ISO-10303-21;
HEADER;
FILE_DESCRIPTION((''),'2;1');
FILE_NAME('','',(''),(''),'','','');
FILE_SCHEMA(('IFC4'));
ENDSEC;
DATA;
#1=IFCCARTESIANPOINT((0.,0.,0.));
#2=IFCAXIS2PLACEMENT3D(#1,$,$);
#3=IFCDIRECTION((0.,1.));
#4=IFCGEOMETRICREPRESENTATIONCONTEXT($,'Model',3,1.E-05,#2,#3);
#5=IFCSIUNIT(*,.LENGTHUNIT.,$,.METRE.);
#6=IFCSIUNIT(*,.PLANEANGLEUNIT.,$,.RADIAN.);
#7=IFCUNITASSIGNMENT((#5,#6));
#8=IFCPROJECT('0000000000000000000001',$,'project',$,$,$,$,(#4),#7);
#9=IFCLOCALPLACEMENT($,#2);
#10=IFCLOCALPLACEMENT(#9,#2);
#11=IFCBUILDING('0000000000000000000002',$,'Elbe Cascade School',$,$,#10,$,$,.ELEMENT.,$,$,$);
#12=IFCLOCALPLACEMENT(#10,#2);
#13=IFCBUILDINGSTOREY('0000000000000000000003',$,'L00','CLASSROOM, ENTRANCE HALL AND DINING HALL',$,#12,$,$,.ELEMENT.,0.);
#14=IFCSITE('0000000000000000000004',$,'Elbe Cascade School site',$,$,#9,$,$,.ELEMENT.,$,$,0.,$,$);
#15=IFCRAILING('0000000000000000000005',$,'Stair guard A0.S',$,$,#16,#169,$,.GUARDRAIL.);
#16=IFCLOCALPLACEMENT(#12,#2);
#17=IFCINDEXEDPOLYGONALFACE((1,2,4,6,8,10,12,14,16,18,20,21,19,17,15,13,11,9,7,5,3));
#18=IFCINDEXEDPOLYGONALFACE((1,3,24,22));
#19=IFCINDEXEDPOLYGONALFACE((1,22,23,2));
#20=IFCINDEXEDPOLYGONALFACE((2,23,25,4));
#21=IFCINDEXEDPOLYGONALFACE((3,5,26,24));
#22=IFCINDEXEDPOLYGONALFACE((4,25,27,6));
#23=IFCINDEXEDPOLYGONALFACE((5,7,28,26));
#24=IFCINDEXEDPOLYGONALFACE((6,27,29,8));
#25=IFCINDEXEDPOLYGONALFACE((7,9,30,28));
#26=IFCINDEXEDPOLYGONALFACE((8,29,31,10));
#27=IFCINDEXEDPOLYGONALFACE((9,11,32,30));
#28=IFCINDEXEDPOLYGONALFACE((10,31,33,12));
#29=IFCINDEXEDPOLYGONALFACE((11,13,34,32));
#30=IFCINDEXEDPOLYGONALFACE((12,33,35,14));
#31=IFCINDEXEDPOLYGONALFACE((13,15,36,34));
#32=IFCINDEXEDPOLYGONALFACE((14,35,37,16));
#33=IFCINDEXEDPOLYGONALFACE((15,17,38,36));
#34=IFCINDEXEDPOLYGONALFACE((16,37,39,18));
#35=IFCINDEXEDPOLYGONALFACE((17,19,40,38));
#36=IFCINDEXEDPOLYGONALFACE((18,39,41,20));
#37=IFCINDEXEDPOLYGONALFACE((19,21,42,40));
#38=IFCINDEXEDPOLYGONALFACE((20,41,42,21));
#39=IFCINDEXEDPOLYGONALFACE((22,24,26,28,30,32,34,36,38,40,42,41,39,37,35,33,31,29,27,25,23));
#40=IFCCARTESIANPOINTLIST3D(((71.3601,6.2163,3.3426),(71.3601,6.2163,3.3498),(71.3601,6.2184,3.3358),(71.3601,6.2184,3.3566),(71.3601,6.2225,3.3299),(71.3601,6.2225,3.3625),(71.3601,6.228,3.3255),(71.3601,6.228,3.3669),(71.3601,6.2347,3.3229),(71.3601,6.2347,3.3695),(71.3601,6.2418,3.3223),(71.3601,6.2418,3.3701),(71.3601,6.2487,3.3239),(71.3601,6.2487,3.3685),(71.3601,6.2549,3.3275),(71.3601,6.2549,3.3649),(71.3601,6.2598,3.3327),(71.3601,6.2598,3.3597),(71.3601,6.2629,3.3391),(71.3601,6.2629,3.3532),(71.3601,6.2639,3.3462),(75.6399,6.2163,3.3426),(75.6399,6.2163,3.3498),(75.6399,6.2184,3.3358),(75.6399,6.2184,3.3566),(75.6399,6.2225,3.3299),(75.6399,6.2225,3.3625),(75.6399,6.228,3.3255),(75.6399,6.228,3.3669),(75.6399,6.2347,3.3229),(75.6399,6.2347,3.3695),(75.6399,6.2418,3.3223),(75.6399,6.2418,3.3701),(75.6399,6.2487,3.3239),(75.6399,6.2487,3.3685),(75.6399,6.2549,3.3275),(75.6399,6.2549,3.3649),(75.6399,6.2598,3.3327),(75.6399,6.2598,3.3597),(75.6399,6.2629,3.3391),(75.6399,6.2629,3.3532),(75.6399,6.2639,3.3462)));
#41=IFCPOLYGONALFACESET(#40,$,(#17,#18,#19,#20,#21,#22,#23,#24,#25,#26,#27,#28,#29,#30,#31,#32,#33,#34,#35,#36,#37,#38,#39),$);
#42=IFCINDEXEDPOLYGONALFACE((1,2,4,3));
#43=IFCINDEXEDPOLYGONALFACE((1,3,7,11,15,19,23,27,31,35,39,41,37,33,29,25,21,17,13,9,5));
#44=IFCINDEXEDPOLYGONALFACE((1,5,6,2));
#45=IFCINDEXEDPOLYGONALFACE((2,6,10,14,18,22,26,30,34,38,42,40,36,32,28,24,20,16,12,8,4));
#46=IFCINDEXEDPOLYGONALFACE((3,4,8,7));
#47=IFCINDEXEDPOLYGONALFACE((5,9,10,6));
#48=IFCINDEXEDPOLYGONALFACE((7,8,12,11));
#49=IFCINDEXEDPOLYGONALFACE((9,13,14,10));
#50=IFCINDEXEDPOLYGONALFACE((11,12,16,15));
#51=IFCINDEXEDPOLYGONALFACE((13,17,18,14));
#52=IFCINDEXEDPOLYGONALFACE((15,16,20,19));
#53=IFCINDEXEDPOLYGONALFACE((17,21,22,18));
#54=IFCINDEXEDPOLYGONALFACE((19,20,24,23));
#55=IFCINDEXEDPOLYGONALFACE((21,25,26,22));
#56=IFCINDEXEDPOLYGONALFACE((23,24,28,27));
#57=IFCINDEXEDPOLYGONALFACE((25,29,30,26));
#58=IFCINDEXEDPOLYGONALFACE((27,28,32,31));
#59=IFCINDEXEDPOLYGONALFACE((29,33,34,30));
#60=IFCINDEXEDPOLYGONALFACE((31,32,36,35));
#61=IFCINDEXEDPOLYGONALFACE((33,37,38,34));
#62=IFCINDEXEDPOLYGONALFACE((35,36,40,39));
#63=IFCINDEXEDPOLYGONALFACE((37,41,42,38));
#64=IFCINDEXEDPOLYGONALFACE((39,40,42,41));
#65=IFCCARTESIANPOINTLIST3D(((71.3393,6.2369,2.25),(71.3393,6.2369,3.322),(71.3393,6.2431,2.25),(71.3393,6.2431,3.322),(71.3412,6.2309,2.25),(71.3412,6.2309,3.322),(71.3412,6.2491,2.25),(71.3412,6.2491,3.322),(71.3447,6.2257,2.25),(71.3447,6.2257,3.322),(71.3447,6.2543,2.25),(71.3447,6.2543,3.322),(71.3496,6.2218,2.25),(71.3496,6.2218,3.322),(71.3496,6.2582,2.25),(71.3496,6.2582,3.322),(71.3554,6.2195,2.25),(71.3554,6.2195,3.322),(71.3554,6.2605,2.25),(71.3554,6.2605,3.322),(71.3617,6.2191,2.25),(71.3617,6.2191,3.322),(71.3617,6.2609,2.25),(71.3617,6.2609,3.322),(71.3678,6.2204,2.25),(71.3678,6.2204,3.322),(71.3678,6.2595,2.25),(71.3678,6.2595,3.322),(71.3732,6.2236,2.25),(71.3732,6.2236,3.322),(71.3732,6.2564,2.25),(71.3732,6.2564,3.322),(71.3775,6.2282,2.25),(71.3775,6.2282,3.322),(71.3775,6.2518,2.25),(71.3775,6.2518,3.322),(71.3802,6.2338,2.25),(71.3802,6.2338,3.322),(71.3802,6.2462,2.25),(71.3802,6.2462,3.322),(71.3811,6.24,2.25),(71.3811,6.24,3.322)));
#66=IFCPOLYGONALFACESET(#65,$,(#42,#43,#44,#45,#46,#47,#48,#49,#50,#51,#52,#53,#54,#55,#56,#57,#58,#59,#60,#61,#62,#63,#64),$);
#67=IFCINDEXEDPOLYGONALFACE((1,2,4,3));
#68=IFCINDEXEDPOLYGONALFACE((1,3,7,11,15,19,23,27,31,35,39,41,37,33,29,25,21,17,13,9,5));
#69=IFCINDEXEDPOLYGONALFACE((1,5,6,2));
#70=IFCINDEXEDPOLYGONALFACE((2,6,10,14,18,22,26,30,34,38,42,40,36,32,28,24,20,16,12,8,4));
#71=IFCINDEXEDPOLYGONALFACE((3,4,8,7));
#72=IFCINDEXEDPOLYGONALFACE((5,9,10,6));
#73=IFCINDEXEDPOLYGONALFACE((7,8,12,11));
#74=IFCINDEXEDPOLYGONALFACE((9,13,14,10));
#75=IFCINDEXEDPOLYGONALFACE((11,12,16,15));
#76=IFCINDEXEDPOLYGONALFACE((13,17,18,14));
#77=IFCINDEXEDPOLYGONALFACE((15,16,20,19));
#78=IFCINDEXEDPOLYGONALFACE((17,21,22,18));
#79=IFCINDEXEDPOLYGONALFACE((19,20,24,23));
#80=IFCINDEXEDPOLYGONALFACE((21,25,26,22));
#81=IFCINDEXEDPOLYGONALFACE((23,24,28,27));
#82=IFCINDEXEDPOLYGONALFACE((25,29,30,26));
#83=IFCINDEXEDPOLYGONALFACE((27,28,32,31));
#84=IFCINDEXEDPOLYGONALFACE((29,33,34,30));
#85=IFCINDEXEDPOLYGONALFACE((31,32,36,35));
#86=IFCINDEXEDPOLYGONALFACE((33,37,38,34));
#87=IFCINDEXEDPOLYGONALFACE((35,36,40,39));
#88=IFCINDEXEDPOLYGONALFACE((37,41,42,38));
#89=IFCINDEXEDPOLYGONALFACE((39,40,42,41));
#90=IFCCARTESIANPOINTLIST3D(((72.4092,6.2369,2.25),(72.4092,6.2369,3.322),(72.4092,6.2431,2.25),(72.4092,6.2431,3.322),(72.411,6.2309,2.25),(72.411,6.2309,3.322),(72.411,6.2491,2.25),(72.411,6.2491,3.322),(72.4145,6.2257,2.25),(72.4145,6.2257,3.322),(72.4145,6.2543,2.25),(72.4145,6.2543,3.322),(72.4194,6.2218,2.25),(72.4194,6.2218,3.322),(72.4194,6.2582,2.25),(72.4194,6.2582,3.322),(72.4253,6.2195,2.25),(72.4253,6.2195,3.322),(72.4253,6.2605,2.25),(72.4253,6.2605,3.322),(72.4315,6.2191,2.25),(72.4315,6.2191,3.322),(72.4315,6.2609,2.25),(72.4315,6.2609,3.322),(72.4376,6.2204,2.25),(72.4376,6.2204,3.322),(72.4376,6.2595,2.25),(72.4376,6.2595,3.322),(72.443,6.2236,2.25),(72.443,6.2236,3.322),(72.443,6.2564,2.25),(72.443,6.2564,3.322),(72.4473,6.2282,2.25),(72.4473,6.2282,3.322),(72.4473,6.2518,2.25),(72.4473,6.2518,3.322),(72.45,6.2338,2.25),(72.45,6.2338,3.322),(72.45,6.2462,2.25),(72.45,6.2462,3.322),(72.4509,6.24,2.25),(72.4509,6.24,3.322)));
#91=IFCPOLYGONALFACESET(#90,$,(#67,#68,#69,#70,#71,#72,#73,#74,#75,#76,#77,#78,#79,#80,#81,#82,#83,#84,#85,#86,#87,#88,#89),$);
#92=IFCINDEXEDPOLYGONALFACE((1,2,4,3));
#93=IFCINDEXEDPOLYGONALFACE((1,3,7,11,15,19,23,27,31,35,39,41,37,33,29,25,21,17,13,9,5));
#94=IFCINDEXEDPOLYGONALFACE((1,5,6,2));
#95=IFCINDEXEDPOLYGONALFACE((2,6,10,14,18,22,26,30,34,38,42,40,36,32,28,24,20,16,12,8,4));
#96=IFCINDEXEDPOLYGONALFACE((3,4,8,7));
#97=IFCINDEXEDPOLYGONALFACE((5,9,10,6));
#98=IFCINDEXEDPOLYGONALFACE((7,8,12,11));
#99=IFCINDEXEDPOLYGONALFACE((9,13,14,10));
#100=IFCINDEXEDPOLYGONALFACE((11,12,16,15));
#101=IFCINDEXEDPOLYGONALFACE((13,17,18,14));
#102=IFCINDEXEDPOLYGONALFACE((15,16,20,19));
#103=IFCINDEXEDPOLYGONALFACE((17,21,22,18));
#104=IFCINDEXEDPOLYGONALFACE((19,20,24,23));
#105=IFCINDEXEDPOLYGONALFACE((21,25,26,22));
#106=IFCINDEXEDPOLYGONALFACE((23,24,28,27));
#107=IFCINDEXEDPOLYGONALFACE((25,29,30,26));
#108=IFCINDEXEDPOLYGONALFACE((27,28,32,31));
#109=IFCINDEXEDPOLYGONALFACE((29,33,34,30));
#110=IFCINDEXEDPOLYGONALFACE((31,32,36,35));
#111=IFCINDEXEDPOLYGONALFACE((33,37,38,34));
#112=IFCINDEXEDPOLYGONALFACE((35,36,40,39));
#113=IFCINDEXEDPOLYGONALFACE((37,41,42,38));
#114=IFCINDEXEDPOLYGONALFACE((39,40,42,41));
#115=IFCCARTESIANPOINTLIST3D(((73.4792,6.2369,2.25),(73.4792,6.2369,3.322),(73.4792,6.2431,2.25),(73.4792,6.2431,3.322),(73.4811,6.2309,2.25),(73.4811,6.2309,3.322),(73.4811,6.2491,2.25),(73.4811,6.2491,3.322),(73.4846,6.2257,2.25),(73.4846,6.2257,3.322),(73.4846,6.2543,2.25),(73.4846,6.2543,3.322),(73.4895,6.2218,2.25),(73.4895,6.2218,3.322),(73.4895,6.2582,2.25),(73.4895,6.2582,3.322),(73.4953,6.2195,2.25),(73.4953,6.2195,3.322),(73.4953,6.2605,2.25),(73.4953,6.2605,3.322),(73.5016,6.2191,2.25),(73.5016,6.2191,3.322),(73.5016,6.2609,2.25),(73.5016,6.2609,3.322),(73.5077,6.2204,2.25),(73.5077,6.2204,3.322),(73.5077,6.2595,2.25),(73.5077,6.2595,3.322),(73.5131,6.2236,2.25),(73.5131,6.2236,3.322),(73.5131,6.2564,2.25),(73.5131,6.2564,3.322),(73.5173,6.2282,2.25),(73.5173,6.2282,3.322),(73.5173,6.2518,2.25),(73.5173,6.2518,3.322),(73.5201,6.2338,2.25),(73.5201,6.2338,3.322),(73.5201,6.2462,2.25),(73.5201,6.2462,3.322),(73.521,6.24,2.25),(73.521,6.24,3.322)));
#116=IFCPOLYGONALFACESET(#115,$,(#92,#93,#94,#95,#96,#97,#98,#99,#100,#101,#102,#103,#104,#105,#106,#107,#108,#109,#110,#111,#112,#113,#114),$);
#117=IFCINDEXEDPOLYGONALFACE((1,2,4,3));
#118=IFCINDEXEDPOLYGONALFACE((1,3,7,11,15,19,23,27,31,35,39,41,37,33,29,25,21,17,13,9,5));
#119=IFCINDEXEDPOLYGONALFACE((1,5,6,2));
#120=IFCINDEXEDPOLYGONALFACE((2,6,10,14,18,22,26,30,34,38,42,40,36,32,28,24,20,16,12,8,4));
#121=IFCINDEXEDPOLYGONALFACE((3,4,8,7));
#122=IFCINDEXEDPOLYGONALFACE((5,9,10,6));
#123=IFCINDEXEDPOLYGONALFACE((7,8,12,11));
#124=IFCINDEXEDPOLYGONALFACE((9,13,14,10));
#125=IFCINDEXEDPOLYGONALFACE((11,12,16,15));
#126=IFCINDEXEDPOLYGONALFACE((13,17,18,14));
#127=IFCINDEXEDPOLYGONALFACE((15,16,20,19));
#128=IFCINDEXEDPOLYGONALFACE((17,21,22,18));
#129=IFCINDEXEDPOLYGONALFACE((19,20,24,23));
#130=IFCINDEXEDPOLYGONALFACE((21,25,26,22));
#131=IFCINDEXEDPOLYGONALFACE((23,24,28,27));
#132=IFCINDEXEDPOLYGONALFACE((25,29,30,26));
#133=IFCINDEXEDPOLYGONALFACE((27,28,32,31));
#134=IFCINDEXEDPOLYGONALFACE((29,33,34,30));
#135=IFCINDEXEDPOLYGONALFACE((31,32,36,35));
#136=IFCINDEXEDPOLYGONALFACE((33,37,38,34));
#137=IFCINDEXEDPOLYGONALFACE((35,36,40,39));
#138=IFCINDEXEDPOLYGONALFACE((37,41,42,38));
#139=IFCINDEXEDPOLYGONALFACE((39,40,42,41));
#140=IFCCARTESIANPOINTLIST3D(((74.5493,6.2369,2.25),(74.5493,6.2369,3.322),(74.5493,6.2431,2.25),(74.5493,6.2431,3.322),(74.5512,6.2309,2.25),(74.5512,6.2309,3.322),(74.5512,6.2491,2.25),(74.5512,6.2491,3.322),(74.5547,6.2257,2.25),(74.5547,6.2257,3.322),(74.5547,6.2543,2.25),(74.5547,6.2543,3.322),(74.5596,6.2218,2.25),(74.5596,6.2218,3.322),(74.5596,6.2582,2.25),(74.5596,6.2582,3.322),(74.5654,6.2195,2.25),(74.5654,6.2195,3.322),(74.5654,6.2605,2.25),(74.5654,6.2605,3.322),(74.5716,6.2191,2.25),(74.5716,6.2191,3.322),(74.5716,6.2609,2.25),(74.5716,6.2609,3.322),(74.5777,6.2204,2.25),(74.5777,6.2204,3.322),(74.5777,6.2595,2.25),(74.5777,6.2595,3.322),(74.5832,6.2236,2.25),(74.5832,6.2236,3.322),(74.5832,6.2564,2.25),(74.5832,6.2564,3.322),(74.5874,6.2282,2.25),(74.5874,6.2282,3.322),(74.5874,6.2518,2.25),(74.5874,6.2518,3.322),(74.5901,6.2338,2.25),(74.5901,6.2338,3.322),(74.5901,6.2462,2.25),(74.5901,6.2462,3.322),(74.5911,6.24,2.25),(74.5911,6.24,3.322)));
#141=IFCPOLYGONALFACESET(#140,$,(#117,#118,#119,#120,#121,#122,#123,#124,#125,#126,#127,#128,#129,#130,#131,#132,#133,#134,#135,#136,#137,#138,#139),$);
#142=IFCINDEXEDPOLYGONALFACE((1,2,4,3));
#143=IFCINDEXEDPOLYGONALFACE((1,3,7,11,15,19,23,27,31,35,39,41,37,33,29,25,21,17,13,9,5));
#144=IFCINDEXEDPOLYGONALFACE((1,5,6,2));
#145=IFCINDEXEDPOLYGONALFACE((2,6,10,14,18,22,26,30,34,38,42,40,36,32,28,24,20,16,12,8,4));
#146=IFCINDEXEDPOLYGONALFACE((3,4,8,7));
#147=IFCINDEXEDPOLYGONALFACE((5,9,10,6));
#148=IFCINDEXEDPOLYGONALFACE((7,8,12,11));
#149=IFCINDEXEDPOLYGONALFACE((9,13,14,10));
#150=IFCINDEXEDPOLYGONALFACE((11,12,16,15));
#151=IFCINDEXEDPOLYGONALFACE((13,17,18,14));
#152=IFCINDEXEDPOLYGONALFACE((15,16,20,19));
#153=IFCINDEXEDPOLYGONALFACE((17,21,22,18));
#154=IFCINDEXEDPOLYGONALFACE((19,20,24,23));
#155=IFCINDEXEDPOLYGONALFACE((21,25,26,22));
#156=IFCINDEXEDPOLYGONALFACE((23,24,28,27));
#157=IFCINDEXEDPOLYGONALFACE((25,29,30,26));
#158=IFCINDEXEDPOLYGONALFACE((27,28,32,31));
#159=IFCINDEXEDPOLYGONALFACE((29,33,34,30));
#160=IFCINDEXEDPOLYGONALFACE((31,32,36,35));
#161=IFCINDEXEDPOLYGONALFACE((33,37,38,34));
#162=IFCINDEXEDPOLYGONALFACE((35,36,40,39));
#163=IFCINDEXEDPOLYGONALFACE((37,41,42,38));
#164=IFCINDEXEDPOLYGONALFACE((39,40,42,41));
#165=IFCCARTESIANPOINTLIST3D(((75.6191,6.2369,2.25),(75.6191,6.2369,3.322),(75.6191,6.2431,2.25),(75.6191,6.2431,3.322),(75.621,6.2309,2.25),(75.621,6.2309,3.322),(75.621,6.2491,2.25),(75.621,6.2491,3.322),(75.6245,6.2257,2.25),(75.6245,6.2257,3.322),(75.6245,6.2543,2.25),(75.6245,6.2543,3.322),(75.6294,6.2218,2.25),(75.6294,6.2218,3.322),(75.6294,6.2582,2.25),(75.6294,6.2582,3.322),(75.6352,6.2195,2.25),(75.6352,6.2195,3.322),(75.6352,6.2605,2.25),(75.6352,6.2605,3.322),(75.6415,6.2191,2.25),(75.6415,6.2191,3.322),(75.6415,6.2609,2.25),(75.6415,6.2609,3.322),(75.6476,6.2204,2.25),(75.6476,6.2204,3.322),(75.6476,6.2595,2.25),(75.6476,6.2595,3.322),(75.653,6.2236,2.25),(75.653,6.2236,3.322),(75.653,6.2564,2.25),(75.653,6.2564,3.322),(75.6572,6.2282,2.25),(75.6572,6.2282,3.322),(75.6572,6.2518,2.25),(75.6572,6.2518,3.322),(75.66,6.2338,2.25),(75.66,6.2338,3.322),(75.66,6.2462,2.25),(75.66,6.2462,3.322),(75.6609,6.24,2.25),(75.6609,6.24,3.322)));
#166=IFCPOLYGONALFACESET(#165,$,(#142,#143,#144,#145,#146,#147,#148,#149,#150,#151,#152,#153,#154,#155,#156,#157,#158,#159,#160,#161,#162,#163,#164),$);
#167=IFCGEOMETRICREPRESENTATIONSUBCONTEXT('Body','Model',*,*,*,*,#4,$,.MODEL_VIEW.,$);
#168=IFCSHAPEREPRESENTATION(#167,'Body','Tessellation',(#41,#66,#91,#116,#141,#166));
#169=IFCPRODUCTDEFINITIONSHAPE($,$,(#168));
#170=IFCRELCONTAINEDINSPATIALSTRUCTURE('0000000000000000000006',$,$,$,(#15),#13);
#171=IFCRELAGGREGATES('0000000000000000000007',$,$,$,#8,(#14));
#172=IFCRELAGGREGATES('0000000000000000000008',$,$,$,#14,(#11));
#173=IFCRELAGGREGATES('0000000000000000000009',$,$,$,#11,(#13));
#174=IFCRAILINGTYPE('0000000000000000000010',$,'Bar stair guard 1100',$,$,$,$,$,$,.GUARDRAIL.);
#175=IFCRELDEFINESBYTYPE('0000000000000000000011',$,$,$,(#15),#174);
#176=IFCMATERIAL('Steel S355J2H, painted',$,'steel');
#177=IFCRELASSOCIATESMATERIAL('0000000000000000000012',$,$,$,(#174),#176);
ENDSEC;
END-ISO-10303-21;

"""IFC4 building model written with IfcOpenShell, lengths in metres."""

from ifc_helpers import new_model, si_unit, direction, frame, origin, origin_2d, place, context, subcontext, project, spatial, circle, extrude, material, type_object, element, save


model = new_model("IFC4")

# Units and contexts
model_context = context("Model", 3, precision=1e-05, world=origin(), true_north=direction((0.0, 1.0)))
body_context = subcontext(model_context, "Body", "Model", "MODEL_VIEW")
ifc_project = project(units=[si_unit("LENGTHUNIT", "METRE"), si_unit("PLANEANGLEUNIT", "RADIAN")], contexts=[model_context])

# Site, building, storey
site_placement = place(None, origin())
site = spatial("IfcSite", under=ifc_project, at=site_placement, Name="Elbe Cascade School site", CompositionType="ELEMENT", RefElevation=0.0)
building_placement = place(site_placement, origin())
building = spatial("IfcBuilding", under=site, at=building_placement, Name="Elbe Cascade School", CompositionType="ELEMENT")
storey_placement = place(building_placement, origin())
storey = spatial("IfcBuildingStorey", under=building, at=storey_placement, Name="L00", Description="CLASSROOM, ENTRANCE HALL AND DINING HALL", CompositionType="ELEMENT", Elevation=0.0)

# Railing
ifc_material_1 = material(Name="Steel S355J2H, painted", Category="steel")
railing_type = type_object("IfcRailingType", Name="Bar stair guard 1100", PredefinedType="GUARDRAIL", material=ifc_material_1)
railing_placement = place(storey_placement, frame((71.3601, 6.24, 2.25)))
element("IfcRailing", 1, at=railing_placement, inside=storey, type_object=railing_type, Name="Stair guard A0.S", PredefinedType="GUARDRAIL", context=body_context, shape_type="SweptSolid", body=[
    extrude(circle(Radius=0.0239, at=origin_2d()), frame((0.0, 0.0, 1.0962), z_axis=(1.0, 0.0, 0.0), x_axis=(0.0, 1.0, 0.0)), (0.0, 0.0, 1.0), 4.2798),
    extrude(circle(Radius=0.021, at=origin_2d()), origin(), (0.0, 0.0, 1.0), 1.072),
    extrude(circle(Radius=0.021, at=origin_2d()), frame((1.0698, 0.0, 0.0)), (0.0, 0.0, 1.0), 1.072),
    extrude(circle(Radius=0.021, at=origin_2d()), frame((2.1399, 0.0, 0.0)), (0.0, 0.0, 1.0), 1.072),
    extrude(circle(Radius=0.021, at=origin_2d()), frame((3.21, 0.0, 0.0)), (0.0, 0.0, 1.0), 1.072),
    extrude(circle(Radius=0.021, at=origin_2d()), frame((4.2798, 0.0, 0.0)), (0.0, 0.0, 1.0), 1.072),
])

save(model, "model.ifc")
